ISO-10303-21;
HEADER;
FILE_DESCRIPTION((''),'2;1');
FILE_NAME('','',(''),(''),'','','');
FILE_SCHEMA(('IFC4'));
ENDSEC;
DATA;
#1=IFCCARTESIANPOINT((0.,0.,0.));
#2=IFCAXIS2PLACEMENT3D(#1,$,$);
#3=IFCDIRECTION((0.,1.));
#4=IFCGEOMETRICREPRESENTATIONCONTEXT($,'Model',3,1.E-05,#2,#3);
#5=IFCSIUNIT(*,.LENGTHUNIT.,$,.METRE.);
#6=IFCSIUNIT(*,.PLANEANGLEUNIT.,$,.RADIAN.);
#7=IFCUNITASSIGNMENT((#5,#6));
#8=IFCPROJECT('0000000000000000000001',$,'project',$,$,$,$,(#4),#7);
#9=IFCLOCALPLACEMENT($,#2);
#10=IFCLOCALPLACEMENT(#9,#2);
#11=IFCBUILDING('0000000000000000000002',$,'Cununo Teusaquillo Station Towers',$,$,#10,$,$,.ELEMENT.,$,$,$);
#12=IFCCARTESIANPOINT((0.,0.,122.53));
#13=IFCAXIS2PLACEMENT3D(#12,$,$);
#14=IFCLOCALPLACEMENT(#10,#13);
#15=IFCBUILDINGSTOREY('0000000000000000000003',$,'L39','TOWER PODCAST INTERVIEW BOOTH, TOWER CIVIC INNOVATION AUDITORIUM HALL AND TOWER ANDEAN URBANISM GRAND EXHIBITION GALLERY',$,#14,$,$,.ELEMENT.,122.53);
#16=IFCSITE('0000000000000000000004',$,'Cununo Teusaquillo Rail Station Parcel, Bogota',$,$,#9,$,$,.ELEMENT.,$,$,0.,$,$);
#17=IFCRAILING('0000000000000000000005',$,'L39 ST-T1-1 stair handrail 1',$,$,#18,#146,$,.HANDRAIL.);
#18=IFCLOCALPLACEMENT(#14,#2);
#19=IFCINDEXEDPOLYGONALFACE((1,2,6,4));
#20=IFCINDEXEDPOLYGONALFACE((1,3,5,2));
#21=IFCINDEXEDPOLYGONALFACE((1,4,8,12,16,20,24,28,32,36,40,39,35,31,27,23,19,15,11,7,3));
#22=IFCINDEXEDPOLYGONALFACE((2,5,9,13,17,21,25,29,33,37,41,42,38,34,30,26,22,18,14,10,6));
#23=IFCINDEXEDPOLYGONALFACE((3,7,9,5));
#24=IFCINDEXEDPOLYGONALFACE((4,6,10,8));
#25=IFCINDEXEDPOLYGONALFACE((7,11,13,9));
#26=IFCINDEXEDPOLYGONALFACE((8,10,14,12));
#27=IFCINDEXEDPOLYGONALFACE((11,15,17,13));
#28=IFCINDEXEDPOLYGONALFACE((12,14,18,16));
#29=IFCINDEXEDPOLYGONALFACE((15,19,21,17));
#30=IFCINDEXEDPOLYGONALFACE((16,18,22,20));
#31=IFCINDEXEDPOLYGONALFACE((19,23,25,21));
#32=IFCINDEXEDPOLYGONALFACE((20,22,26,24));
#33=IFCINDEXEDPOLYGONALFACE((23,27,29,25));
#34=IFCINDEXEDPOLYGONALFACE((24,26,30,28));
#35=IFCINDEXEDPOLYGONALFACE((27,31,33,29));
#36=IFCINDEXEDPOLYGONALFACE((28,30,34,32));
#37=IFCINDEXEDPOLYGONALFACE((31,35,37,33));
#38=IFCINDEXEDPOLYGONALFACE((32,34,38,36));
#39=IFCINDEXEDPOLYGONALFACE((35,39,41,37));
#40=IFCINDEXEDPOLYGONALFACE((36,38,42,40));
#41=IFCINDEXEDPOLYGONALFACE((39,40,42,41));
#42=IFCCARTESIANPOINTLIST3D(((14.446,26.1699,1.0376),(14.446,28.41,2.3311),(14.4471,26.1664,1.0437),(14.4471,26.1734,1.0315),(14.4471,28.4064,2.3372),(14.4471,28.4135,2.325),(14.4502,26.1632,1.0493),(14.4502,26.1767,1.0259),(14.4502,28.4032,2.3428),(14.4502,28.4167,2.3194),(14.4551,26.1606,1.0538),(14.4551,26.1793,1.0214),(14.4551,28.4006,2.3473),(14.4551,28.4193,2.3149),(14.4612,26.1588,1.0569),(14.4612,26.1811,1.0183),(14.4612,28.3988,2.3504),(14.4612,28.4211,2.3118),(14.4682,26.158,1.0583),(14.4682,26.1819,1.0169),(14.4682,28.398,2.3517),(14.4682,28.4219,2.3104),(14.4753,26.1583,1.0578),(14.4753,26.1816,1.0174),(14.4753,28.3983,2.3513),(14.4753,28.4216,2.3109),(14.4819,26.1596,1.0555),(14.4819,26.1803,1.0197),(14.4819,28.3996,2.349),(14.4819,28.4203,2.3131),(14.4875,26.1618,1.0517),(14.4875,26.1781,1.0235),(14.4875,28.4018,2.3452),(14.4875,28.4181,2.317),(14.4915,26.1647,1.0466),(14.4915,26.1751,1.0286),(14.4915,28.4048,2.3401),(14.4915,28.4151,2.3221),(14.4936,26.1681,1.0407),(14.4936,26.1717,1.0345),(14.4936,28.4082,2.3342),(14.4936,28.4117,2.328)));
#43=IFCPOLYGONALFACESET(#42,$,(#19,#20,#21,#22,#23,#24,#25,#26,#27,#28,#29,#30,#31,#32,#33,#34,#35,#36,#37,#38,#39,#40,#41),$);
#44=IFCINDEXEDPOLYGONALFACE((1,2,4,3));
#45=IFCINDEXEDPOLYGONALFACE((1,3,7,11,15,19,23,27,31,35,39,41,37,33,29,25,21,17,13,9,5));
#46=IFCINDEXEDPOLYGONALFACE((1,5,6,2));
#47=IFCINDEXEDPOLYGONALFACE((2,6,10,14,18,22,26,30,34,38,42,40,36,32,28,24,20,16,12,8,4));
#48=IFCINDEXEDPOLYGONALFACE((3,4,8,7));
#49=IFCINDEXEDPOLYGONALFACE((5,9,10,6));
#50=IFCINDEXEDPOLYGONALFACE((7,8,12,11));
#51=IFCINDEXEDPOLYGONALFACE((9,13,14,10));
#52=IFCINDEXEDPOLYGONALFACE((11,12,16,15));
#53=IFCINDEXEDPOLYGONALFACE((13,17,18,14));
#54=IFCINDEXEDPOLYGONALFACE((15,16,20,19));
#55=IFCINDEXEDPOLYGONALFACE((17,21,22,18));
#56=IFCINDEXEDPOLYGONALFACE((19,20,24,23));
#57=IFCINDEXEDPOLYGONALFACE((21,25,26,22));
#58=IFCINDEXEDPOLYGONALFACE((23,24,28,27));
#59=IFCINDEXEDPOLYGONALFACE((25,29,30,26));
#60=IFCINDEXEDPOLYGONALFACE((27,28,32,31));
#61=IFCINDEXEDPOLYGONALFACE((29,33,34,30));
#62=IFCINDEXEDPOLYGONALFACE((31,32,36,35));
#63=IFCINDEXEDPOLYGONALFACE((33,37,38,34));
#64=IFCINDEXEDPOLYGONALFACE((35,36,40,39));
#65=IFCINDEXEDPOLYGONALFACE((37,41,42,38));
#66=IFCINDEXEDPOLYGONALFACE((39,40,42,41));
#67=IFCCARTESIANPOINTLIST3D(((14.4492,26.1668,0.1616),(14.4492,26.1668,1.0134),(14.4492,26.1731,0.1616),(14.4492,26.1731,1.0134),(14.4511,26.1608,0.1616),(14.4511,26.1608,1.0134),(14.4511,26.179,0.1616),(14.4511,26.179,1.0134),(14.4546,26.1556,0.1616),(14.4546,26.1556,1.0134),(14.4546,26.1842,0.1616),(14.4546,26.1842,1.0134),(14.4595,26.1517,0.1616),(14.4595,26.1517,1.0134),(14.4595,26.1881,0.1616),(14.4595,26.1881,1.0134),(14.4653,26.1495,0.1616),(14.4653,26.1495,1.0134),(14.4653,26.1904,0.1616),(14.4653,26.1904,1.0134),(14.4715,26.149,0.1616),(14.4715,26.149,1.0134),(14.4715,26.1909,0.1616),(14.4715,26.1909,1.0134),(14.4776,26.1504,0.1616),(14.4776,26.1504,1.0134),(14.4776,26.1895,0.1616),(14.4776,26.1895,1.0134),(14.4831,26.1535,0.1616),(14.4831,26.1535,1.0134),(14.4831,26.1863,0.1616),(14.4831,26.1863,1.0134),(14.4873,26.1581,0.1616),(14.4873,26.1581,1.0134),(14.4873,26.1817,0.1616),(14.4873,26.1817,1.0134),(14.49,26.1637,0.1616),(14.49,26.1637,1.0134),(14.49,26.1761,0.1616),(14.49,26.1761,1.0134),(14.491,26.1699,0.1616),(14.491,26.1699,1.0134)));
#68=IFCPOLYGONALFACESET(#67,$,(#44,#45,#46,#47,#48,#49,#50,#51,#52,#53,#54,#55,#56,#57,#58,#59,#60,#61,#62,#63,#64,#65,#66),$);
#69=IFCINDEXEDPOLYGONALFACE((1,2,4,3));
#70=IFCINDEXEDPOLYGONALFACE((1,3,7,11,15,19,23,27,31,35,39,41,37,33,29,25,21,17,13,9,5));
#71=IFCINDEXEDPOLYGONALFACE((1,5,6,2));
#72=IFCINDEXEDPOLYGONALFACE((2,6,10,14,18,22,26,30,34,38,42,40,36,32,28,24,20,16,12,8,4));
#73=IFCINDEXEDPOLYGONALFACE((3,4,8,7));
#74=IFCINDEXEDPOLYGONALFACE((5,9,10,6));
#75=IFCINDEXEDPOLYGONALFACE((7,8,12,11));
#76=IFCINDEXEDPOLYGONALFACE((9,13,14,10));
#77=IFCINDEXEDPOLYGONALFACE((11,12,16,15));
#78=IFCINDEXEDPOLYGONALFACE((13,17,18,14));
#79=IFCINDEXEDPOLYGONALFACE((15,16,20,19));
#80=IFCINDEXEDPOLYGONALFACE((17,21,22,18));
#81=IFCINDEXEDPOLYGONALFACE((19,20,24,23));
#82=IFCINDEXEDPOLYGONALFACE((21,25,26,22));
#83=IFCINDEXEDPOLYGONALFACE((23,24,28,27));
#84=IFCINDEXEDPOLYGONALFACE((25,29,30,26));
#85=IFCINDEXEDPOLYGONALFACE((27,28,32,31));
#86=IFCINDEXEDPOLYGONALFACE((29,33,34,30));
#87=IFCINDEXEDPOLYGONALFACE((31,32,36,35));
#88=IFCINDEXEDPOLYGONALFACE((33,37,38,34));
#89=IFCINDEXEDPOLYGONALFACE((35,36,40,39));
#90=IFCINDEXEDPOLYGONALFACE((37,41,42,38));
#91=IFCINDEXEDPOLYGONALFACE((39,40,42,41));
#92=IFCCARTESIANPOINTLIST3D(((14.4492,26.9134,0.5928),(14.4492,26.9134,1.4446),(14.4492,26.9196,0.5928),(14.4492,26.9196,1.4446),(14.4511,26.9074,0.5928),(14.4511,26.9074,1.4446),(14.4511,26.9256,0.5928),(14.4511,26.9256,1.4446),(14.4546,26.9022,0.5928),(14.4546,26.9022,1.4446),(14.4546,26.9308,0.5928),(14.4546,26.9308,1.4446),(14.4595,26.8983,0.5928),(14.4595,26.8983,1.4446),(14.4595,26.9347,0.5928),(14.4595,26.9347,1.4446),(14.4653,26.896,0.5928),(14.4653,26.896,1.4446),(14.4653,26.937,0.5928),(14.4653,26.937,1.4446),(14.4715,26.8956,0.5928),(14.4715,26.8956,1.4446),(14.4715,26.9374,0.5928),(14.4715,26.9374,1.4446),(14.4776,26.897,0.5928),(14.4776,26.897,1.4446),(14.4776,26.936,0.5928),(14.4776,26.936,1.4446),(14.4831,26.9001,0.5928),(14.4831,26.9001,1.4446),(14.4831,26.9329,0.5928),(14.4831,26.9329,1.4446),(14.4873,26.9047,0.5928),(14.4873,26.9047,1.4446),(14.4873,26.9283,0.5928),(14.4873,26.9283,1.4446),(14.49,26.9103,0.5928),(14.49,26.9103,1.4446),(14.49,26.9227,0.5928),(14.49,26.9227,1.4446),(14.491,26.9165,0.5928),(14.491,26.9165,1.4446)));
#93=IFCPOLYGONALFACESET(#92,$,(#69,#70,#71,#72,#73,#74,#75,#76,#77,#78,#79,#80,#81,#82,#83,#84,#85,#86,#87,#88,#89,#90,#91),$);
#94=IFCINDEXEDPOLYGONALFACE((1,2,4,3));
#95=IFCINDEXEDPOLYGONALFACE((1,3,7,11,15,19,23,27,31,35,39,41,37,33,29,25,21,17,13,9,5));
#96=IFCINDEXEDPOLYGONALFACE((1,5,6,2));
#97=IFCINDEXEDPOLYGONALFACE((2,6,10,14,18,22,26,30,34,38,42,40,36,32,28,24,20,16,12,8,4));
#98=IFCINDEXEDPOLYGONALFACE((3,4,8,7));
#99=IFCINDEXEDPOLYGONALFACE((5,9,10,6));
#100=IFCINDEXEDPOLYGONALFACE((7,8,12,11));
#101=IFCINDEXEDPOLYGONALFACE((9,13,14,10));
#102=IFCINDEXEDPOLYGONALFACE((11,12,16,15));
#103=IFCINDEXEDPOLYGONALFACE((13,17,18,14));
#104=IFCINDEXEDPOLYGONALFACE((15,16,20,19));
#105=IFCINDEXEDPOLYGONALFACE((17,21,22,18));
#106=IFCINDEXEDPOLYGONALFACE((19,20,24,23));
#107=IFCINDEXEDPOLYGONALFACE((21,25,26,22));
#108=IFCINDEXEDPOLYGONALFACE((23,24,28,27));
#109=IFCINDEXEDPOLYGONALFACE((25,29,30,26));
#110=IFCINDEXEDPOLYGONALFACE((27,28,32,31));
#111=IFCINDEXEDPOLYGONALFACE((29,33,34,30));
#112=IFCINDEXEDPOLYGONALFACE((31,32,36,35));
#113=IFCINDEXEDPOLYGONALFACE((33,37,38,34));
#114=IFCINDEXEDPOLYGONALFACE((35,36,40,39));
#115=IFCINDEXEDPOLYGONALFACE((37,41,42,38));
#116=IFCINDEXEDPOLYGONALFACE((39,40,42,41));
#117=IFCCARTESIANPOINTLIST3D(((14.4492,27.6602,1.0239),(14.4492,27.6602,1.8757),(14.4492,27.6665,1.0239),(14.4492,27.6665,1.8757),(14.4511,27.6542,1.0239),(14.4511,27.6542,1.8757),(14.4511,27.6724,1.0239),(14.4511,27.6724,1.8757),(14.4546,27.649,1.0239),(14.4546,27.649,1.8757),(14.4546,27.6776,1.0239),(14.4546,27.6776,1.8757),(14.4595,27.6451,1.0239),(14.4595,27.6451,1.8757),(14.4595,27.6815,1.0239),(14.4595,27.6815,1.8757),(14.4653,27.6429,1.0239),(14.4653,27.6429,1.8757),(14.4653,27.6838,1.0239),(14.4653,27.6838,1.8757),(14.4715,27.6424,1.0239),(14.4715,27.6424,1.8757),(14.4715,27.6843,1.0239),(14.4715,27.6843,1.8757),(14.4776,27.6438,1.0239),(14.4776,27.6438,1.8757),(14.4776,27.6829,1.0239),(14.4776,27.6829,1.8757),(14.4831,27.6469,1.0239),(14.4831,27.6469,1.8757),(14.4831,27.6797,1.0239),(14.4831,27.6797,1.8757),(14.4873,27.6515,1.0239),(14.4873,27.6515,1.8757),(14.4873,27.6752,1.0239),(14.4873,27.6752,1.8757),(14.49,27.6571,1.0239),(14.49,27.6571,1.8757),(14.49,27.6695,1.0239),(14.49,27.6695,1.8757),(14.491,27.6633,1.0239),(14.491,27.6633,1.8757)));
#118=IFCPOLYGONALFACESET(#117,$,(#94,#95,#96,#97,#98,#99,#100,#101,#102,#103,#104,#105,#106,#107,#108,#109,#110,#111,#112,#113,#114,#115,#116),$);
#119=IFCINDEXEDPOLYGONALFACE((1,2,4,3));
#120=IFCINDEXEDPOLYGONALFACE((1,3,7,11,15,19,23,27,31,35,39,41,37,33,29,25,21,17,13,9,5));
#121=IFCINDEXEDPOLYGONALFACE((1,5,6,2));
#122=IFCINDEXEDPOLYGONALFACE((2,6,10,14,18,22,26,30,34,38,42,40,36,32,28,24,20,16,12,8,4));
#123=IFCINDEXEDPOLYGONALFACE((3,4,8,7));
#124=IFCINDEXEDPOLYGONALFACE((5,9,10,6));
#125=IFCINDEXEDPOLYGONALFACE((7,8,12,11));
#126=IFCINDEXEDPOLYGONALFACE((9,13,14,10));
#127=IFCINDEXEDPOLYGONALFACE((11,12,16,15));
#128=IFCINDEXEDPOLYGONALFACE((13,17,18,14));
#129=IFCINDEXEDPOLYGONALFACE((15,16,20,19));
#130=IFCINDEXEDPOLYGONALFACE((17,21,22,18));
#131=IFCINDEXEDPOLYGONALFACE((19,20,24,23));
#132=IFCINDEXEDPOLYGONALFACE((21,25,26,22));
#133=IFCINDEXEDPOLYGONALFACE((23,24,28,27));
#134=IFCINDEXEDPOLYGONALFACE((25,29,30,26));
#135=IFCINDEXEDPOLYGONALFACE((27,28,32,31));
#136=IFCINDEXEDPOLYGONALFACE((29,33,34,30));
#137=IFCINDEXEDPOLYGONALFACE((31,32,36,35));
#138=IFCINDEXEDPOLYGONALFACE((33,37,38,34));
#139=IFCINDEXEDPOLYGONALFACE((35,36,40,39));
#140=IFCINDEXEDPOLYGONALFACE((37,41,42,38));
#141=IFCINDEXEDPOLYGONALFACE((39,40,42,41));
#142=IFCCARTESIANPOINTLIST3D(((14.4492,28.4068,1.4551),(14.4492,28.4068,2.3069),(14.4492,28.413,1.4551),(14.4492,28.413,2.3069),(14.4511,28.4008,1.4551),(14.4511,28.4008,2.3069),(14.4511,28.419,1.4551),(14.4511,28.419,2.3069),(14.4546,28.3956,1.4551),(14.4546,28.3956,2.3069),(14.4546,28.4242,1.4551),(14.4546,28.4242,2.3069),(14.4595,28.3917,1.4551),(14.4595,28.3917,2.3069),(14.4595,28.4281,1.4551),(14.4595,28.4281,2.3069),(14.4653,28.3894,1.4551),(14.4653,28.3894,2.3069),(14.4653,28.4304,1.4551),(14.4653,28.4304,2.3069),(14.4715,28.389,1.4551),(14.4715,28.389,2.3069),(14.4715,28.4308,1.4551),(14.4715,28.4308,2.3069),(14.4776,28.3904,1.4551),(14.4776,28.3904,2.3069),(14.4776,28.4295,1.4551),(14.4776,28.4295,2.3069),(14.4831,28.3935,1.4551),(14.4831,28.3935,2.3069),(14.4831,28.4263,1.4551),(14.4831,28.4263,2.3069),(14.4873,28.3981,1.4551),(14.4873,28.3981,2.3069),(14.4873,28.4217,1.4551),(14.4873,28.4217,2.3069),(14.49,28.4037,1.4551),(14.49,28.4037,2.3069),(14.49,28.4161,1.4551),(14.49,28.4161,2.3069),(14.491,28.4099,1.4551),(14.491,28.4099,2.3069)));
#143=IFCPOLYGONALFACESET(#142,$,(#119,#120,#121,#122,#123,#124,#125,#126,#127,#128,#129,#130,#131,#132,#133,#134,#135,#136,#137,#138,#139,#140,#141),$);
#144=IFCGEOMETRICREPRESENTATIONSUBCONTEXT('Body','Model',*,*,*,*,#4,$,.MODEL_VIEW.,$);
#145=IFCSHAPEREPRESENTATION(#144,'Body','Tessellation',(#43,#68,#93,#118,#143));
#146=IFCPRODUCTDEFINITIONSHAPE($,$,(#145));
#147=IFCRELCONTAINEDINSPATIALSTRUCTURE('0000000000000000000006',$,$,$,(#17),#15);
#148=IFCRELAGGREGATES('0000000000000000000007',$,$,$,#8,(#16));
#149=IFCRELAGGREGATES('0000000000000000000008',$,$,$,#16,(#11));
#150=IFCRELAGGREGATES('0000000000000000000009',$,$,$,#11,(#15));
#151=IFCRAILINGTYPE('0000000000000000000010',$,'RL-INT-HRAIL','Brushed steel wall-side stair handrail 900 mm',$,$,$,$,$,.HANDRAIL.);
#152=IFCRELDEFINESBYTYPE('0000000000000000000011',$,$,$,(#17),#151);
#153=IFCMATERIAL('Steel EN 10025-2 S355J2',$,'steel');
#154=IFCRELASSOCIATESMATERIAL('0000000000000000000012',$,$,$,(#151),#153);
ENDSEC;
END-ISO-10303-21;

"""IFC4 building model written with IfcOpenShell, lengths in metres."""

from ifc_helpers import new_model, si_unit, direction, frame, origin, origin_2d, place, context, subcontext, project, spatial, circle, extrude, material, type_object, element, save


model = new_model("IFC4")

# Units and contexts
model_context = context("Model", 3, precision=1e-05, world=origin(), true_north=direction((0.0, 1.0)))
body_context = subcontext(model_context, "Body", "Model", "MODEL_VIEW")
ifc_project = project(units=[si_unit("LENGTHUNIT", "METRE"), si_unit("PLANEANGLEUNIT", "RADIAN")], contexts=[model_context])

# Site, building, storey
site_placement = place(None, origin())
site = spatial("IfcSite", under=ifc_project, at=site_placement, Name="Cununo Teusaquillo Rail Station Parcel, Bogota", CompositionType="ELEMENT", RefElevation=0.0)
building_placement = place(site_placement, origin())
building = spatial("IfcBuilding", under=site, at=building_placement, Name="Cununo Teusaquillo Station Towers", CompositionType="ELEMENT")
storey_placement = place(building_placement, frame((0.0, 0.0, 122.53)))
storey = spatial("IfcBuildingStorey", under=building, at=storey_placement, Name="L39", Description="TOWER PODCAST INTERVIEW BOOTH, TOWER CIVIC INNOVATION AUDITORIUM HALL AND TOWER ANDEAN URBANISM GRAND EXHIBITION GALLERY", CompositionType="ELEMENT", Elevation=122.53)

# Railing
ifc_material_1 = material(Name="Steel EN 10025-2 S355J2", Category="steel")
railing_type_1 = type_object("IfcRailingType", Name="RL-INT-HRAIL", Description="Brushed steel wall-side stair handrail 900 mm", PredefinedType="HANDRAIL", material=ifc_material_1)
railing_1_placement = place(storey_placement, frame((14.47, 26.1699, 0.1616)))
element("IfcRailing", 1, at=railing_1_placement, inside=storey, type_object=railing_type_1, Name="L39 ST-T1-1 stair handrail 1", PredefinedType="HANDRAIL", context=body_context, shape_type="SweptSolid", body=[
    extrude(circle(Radius=0.0239, at=origin_2d()), frame((0.0, 0.0, 0.876), z_axis=(0.0, 0.865992, 0.500057), x_axis=(-1.0, 0.0, 0.0)), (0.0, 0.0, 1.0), 2.5867),
    extrude(circle(Radius=0.021, at=origin_2d()), origin(), (0.0, 0.0, 1.0), 0.8518),
    extrude(circle(Radius=0.021, at=origin_2d()), frame((0.0, 0.7466, 0.4312)), (0.0, 0.0, 1.0), 0.8518),
    extrude(circle(Radius=0.021, at=origin_2d()), frame((0.0, 1.4934, 0.8623)), (0.0, 0.0, 1.0), 0.8518),
    extrude(circle(Radius=0.021, at=origin_2d()), frame((0.0, 2.24, 1.2935)), (0.0, 0.0, 1.0), 0.8518),
])

save(model, "model.ifc")
